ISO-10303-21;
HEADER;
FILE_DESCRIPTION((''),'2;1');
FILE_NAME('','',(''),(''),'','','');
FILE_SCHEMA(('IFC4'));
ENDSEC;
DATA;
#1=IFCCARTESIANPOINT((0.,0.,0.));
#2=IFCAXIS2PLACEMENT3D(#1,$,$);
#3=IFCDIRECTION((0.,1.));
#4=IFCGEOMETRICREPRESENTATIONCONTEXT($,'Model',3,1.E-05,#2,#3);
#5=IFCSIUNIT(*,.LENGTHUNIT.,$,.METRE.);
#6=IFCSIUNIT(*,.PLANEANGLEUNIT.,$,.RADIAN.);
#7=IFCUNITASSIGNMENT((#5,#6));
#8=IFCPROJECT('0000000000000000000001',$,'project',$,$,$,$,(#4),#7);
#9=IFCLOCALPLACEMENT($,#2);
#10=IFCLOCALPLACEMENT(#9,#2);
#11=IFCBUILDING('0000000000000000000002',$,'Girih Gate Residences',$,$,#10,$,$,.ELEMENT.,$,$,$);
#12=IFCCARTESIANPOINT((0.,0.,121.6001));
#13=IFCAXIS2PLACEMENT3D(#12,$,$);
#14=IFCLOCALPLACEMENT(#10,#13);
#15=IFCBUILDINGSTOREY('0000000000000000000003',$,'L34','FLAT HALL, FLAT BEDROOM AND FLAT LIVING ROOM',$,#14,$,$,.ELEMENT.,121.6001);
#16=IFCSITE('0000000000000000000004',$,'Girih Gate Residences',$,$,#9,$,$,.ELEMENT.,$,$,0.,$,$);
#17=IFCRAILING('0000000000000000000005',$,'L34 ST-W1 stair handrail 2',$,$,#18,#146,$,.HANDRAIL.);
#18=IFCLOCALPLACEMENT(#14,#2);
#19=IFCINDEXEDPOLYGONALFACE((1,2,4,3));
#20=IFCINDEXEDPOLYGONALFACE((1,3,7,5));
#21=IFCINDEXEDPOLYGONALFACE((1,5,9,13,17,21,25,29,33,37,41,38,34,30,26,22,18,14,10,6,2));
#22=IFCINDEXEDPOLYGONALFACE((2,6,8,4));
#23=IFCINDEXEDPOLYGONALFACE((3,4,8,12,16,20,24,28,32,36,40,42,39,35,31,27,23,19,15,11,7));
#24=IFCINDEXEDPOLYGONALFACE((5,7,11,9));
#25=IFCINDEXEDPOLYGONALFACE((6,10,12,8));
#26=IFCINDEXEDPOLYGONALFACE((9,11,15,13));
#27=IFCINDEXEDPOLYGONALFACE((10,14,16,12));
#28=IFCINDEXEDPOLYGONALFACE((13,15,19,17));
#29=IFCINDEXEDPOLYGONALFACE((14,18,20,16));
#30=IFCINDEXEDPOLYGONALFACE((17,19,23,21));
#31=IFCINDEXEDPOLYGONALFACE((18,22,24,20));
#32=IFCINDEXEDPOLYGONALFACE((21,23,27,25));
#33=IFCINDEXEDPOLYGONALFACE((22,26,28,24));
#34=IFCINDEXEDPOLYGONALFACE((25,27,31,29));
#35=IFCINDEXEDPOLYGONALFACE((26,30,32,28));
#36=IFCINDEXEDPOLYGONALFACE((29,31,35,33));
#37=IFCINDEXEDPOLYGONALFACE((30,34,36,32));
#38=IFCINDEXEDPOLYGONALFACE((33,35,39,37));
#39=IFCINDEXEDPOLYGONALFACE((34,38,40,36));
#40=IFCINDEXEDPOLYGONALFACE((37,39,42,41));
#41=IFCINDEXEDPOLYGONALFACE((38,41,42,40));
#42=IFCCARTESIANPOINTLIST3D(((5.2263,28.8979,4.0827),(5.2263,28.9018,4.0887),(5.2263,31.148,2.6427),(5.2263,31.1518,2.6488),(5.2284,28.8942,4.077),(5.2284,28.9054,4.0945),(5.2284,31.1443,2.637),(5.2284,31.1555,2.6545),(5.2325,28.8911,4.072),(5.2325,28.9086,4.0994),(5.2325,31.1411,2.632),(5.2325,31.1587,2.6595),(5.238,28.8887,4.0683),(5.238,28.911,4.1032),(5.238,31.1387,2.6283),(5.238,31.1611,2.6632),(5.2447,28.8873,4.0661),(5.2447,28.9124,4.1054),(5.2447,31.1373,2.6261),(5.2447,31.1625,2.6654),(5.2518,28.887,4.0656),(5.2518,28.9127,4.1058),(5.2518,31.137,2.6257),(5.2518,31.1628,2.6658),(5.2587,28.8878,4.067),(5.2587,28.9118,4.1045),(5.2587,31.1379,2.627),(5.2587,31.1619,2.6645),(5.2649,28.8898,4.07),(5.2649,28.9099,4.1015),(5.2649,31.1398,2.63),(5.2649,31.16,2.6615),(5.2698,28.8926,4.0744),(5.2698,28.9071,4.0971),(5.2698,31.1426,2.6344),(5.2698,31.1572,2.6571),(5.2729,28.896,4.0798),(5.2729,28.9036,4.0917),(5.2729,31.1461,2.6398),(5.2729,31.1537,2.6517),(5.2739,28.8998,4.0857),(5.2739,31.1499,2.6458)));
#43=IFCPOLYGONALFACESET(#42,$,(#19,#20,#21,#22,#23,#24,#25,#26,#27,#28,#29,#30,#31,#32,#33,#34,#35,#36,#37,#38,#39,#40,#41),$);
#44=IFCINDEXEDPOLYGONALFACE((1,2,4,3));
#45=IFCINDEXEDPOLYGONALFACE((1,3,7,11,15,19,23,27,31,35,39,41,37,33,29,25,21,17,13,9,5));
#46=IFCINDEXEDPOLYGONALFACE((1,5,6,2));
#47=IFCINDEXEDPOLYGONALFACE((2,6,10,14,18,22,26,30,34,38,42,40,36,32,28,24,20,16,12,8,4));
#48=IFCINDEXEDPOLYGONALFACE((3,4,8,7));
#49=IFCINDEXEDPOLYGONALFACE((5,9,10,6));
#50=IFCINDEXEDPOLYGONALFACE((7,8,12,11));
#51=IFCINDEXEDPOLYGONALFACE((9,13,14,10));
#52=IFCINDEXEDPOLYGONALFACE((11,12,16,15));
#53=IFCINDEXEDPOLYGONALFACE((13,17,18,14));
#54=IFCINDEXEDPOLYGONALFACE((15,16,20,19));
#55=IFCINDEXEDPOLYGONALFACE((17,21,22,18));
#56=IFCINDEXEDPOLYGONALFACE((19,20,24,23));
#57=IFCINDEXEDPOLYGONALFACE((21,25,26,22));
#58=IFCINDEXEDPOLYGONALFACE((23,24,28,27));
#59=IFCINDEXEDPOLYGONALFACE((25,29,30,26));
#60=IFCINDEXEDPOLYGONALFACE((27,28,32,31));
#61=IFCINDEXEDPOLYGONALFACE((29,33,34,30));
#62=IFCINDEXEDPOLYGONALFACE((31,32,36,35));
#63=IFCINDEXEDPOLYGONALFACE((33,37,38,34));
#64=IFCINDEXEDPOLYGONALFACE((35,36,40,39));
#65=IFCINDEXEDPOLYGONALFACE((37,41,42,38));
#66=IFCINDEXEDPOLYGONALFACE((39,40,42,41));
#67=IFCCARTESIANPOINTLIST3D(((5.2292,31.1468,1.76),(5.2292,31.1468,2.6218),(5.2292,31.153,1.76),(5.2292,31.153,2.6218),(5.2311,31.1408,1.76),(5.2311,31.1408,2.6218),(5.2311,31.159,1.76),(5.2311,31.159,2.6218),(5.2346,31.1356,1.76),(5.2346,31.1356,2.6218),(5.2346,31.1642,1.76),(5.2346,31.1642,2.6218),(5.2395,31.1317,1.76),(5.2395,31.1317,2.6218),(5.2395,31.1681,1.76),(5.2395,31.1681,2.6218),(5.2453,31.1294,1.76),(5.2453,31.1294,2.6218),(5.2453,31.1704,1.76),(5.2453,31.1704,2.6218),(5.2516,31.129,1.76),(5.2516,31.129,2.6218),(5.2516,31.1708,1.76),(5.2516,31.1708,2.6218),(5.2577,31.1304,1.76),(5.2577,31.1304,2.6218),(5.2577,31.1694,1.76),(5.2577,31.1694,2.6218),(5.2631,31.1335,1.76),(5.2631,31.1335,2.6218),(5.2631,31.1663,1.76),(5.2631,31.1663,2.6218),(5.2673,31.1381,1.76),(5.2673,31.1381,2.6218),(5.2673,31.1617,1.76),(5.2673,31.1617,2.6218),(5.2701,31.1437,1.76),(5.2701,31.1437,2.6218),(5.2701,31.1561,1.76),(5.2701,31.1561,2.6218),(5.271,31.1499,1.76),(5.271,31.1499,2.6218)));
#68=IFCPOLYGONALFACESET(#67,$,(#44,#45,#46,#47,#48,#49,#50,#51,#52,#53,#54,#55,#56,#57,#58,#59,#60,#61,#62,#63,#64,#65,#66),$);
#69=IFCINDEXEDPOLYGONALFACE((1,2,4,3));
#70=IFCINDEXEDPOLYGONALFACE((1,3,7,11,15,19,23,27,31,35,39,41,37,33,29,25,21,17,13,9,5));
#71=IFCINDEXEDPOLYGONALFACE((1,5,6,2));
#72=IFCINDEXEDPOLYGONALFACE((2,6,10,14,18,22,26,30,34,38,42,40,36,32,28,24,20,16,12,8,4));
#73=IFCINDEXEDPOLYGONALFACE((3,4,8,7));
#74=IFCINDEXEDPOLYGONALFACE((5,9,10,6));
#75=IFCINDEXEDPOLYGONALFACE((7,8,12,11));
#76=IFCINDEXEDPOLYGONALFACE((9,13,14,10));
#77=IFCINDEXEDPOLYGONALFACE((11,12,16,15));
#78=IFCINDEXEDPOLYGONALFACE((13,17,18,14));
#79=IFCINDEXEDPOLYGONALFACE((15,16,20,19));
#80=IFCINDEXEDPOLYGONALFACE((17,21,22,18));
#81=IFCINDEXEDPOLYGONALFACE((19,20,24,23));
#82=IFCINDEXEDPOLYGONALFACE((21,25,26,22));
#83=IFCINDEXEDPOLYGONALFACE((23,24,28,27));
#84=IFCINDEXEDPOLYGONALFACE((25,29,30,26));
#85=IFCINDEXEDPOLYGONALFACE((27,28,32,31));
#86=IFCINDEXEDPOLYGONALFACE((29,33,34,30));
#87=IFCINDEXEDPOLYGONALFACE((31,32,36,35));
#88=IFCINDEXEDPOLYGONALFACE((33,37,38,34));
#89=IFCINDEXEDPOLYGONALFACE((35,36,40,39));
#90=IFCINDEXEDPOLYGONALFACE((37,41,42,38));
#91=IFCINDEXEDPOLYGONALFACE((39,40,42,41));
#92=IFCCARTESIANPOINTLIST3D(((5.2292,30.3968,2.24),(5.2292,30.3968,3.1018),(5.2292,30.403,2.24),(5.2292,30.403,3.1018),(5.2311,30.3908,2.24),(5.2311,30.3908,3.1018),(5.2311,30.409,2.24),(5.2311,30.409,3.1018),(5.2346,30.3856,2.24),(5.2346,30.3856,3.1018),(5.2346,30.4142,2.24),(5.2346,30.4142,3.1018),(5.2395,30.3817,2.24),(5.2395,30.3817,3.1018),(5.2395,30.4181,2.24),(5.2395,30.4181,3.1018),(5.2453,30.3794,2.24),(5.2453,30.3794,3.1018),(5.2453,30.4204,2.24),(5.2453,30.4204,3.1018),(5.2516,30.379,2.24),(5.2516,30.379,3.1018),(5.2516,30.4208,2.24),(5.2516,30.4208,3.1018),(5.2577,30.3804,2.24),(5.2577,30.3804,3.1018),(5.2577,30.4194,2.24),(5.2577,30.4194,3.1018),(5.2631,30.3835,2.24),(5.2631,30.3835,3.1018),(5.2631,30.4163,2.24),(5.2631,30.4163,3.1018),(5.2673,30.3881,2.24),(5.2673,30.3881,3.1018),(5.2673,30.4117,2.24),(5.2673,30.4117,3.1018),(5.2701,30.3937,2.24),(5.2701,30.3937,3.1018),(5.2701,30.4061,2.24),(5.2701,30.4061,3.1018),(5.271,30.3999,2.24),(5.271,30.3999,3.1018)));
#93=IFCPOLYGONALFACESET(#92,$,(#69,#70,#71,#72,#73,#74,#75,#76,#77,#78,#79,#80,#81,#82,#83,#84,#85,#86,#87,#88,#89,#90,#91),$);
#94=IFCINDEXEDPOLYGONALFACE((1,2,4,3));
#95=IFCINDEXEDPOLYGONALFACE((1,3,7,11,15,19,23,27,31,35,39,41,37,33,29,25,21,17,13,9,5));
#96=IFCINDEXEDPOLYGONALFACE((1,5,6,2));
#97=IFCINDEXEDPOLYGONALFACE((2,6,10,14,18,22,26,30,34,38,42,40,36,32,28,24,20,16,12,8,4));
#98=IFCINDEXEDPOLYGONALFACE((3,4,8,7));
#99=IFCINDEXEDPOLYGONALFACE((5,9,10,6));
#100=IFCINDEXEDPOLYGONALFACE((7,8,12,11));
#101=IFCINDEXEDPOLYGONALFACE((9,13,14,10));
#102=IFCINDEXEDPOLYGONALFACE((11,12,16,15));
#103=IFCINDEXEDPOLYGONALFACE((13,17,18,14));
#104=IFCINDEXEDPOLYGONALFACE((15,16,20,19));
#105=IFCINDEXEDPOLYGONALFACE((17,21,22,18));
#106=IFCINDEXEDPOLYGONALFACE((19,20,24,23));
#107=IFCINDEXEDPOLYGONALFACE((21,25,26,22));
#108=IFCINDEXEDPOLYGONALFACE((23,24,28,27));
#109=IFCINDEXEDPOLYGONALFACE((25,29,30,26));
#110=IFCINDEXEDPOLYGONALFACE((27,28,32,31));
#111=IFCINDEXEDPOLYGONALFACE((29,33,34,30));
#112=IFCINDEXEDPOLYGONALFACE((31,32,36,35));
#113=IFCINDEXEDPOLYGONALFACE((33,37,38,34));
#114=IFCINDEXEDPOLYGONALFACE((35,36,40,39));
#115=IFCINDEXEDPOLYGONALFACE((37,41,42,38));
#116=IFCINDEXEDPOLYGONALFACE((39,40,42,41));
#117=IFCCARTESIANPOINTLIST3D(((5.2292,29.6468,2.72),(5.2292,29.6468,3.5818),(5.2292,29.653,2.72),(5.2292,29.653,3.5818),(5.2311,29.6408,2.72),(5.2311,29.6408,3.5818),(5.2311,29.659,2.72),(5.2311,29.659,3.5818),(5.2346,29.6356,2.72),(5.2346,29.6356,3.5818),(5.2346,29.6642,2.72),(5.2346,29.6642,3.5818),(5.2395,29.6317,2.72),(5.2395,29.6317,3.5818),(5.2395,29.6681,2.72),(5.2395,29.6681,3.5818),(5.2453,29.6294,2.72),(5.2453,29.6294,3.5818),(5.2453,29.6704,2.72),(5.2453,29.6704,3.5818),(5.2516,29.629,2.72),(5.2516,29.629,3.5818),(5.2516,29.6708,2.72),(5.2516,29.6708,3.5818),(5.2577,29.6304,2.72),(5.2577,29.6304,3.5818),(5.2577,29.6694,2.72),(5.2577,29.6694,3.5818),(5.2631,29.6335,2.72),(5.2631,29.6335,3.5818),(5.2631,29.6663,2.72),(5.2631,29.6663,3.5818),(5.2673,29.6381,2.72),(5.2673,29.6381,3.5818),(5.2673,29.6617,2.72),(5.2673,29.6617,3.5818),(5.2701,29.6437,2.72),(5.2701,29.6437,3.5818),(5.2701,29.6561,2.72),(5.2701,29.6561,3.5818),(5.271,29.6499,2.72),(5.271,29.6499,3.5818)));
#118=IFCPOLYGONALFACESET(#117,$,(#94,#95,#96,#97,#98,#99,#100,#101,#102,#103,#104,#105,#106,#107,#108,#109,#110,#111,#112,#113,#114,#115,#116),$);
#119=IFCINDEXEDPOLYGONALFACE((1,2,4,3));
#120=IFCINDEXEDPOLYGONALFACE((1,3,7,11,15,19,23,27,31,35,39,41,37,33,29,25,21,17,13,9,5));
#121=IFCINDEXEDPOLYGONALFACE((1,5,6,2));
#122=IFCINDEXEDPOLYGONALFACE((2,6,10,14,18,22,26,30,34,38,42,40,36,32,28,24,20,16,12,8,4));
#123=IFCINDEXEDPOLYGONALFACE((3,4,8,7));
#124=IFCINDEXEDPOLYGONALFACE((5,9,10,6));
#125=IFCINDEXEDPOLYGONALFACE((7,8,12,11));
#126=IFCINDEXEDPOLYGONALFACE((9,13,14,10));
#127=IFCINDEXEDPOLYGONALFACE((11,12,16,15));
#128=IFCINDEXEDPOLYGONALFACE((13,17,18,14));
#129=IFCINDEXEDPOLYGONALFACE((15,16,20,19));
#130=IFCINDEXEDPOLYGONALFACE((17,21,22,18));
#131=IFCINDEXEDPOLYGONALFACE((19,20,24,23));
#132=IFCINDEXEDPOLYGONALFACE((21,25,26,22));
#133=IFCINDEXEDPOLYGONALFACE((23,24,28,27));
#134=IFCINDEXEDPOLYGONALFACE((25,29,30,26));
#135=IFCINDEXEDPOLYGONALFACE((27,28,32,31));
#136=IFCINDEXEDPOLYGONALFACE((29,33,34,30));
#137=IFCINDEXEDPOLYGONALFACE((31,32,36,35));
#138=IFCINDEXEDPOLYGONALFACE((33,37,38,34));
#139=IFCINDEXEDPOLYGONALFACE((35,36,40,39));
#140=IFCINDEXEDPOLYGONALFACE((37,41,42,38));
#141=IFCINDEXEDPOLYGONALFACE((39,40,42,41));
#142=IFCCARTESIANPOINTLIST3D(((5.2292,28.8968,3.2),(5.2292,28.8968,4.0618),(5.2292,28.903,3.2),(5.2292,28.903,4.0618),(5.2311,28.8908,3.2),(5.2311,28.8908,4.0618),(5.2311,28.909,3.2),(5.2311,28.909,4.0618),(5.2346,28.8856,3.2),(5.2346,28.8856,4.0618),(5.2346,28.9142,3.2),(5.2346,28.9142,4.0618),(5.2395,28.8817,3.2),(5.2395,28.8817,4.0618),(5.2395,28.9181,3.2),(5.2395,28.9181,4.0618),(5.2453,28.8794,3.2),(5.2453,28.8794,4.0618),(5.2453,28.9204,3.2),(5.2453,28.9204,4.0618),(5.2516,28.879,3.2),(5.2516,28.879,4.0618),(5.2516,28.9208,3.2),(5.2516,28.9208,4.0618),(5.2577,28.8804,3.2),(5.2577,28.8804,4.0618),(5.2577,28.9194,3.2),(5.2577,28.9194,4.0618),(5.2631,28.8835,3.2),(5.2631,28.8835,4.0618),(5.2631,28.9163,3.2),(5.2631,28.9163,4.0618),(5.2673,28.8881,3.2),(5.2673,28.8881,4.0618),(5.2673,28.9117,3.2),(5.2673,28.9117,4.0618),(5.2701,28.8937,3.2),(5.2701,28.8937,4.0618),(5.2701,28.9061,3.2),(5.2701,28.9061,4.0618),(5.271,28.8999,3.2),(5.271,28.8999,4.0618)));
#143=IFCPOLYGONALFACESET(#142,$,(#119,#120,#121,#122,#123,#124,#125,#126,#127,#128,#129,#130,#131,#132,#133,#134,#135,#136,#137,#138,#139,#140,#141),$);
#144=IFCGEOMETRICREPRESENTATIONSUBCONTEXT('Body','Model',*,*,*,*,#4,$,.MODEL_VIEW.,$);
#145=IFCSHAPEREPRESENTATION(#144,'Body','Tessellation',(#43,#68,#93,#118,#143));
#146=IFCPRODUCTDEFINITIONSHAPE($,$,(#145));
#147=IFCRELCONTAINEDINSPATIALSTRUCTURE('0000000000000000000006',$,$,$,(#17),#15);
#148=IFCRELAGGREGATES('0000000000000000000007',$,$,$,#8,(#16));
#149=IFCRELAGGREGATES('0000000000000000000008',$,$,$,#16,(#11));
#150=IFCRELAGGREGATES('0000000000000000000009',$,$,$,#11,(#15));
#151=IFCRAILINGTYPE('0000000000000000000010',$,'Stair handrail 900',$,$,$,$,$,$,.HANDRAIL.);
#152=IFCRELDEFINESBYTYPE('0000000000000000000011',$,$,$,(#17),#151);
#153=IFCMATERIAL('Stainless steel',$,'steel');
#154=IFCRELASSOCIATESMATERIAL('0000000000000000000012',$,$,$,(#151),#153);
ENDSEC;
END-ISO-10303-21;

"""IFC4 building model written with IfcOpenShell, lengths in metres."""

from ifc_helpers import new_model, si_unit, direction, frame, origin, origin_2d, place, context, subcontext, project, spatial, circle, extrude, material, type_object, element, save


model = new_model("IFC4")

# Units and contexts
model_context = context("Model", 3, precision=1e-05, world=origin(), true_north=direction((0.0, 1.0)))
body_context = subcontext(model_context, "Body", "Model", "MODEL_VIEW")
ifc_project = project(units=[si_unit("LENGTHUNIT", "METRE"), si_unit("PLANEANGLEUNIT", "RADIAN")], contexts=[model_context])

# Site, building, storey
site_placement = place(None, origin())
site = spatial("IfcSite", under=ifc_project, at=site_placement, Name="Girih Gate Residences", CompositionType="ELEMENT", RefElevation=0.0)
building_placement = place(site_placement, origin())
building = spatial("IfcBuilding", under=site, at=building_placement, Name="Girih Gate Residences", CompositionType="ELEMENT")
storey_placement = place(building_placement, frame((0.0, 0.0, 121.6001)))
storey = spatial("IfcBuildingStorey", under=building, at=storey_placement, Name="L34", Description="FLAT HALL, FLAT BEDROOM AND FLAT LIVING ROOM", CompositionType="ELEMENT", Elevation=121.6001)

# Shared definitions
ifc_material_1 = material(Name="Stainless steel", Category="steel")

# Railing
railing_type_1 = type_object("IfcRailingType", Name="Stair handrail 900", PredefinedType="HANDRAIL", material=ifc_material_1)
railing_1_placement = place(storey_placement, frame((5.25, 31.1499, 1.76)))
element("IfcRailing", 1, at=railing_1_placement, inside=storey, type_object=railing_type_1, Name="L34 ST-W1 stair handrail 2", PredefinedType="HANDRAIL", context=body_context, shape_type="SweptSolid", body=[
    extrude(circle(Radius=0.0239, at=origin_2d()), frame((0.0, 0.0, 0.8857), z_axis=(0.0, -0.842281, 0.539038), x_axis=(1.0, 0.0, 0.0)), (0.0, 0.0, 1.0), 2.6714),
    extrude(circle(Radius=0.021, at=origin_2d()), origin(), (0.0, 0.0, 1.0), 0.8618),
    extrude(circle(Radius=0.021, at=origin_2d()), frame((0.0, -0.75, 0.48)), (0.0, 0.0, 1.0), 0.8618),
    extrude(circle(Radius=0.021, at=origin_2d()), frame((0.0, -1.5, 0.96)), (0.0, 0.0, 1.0), 0.8618),
    extrude(circle(Radius=0.021, at=origin_2d()), frame((0.0, -2.25, 1.4399)), (0.0, 0.0, 1.0), 0.8618),
])

save(model, "model.ifc")
